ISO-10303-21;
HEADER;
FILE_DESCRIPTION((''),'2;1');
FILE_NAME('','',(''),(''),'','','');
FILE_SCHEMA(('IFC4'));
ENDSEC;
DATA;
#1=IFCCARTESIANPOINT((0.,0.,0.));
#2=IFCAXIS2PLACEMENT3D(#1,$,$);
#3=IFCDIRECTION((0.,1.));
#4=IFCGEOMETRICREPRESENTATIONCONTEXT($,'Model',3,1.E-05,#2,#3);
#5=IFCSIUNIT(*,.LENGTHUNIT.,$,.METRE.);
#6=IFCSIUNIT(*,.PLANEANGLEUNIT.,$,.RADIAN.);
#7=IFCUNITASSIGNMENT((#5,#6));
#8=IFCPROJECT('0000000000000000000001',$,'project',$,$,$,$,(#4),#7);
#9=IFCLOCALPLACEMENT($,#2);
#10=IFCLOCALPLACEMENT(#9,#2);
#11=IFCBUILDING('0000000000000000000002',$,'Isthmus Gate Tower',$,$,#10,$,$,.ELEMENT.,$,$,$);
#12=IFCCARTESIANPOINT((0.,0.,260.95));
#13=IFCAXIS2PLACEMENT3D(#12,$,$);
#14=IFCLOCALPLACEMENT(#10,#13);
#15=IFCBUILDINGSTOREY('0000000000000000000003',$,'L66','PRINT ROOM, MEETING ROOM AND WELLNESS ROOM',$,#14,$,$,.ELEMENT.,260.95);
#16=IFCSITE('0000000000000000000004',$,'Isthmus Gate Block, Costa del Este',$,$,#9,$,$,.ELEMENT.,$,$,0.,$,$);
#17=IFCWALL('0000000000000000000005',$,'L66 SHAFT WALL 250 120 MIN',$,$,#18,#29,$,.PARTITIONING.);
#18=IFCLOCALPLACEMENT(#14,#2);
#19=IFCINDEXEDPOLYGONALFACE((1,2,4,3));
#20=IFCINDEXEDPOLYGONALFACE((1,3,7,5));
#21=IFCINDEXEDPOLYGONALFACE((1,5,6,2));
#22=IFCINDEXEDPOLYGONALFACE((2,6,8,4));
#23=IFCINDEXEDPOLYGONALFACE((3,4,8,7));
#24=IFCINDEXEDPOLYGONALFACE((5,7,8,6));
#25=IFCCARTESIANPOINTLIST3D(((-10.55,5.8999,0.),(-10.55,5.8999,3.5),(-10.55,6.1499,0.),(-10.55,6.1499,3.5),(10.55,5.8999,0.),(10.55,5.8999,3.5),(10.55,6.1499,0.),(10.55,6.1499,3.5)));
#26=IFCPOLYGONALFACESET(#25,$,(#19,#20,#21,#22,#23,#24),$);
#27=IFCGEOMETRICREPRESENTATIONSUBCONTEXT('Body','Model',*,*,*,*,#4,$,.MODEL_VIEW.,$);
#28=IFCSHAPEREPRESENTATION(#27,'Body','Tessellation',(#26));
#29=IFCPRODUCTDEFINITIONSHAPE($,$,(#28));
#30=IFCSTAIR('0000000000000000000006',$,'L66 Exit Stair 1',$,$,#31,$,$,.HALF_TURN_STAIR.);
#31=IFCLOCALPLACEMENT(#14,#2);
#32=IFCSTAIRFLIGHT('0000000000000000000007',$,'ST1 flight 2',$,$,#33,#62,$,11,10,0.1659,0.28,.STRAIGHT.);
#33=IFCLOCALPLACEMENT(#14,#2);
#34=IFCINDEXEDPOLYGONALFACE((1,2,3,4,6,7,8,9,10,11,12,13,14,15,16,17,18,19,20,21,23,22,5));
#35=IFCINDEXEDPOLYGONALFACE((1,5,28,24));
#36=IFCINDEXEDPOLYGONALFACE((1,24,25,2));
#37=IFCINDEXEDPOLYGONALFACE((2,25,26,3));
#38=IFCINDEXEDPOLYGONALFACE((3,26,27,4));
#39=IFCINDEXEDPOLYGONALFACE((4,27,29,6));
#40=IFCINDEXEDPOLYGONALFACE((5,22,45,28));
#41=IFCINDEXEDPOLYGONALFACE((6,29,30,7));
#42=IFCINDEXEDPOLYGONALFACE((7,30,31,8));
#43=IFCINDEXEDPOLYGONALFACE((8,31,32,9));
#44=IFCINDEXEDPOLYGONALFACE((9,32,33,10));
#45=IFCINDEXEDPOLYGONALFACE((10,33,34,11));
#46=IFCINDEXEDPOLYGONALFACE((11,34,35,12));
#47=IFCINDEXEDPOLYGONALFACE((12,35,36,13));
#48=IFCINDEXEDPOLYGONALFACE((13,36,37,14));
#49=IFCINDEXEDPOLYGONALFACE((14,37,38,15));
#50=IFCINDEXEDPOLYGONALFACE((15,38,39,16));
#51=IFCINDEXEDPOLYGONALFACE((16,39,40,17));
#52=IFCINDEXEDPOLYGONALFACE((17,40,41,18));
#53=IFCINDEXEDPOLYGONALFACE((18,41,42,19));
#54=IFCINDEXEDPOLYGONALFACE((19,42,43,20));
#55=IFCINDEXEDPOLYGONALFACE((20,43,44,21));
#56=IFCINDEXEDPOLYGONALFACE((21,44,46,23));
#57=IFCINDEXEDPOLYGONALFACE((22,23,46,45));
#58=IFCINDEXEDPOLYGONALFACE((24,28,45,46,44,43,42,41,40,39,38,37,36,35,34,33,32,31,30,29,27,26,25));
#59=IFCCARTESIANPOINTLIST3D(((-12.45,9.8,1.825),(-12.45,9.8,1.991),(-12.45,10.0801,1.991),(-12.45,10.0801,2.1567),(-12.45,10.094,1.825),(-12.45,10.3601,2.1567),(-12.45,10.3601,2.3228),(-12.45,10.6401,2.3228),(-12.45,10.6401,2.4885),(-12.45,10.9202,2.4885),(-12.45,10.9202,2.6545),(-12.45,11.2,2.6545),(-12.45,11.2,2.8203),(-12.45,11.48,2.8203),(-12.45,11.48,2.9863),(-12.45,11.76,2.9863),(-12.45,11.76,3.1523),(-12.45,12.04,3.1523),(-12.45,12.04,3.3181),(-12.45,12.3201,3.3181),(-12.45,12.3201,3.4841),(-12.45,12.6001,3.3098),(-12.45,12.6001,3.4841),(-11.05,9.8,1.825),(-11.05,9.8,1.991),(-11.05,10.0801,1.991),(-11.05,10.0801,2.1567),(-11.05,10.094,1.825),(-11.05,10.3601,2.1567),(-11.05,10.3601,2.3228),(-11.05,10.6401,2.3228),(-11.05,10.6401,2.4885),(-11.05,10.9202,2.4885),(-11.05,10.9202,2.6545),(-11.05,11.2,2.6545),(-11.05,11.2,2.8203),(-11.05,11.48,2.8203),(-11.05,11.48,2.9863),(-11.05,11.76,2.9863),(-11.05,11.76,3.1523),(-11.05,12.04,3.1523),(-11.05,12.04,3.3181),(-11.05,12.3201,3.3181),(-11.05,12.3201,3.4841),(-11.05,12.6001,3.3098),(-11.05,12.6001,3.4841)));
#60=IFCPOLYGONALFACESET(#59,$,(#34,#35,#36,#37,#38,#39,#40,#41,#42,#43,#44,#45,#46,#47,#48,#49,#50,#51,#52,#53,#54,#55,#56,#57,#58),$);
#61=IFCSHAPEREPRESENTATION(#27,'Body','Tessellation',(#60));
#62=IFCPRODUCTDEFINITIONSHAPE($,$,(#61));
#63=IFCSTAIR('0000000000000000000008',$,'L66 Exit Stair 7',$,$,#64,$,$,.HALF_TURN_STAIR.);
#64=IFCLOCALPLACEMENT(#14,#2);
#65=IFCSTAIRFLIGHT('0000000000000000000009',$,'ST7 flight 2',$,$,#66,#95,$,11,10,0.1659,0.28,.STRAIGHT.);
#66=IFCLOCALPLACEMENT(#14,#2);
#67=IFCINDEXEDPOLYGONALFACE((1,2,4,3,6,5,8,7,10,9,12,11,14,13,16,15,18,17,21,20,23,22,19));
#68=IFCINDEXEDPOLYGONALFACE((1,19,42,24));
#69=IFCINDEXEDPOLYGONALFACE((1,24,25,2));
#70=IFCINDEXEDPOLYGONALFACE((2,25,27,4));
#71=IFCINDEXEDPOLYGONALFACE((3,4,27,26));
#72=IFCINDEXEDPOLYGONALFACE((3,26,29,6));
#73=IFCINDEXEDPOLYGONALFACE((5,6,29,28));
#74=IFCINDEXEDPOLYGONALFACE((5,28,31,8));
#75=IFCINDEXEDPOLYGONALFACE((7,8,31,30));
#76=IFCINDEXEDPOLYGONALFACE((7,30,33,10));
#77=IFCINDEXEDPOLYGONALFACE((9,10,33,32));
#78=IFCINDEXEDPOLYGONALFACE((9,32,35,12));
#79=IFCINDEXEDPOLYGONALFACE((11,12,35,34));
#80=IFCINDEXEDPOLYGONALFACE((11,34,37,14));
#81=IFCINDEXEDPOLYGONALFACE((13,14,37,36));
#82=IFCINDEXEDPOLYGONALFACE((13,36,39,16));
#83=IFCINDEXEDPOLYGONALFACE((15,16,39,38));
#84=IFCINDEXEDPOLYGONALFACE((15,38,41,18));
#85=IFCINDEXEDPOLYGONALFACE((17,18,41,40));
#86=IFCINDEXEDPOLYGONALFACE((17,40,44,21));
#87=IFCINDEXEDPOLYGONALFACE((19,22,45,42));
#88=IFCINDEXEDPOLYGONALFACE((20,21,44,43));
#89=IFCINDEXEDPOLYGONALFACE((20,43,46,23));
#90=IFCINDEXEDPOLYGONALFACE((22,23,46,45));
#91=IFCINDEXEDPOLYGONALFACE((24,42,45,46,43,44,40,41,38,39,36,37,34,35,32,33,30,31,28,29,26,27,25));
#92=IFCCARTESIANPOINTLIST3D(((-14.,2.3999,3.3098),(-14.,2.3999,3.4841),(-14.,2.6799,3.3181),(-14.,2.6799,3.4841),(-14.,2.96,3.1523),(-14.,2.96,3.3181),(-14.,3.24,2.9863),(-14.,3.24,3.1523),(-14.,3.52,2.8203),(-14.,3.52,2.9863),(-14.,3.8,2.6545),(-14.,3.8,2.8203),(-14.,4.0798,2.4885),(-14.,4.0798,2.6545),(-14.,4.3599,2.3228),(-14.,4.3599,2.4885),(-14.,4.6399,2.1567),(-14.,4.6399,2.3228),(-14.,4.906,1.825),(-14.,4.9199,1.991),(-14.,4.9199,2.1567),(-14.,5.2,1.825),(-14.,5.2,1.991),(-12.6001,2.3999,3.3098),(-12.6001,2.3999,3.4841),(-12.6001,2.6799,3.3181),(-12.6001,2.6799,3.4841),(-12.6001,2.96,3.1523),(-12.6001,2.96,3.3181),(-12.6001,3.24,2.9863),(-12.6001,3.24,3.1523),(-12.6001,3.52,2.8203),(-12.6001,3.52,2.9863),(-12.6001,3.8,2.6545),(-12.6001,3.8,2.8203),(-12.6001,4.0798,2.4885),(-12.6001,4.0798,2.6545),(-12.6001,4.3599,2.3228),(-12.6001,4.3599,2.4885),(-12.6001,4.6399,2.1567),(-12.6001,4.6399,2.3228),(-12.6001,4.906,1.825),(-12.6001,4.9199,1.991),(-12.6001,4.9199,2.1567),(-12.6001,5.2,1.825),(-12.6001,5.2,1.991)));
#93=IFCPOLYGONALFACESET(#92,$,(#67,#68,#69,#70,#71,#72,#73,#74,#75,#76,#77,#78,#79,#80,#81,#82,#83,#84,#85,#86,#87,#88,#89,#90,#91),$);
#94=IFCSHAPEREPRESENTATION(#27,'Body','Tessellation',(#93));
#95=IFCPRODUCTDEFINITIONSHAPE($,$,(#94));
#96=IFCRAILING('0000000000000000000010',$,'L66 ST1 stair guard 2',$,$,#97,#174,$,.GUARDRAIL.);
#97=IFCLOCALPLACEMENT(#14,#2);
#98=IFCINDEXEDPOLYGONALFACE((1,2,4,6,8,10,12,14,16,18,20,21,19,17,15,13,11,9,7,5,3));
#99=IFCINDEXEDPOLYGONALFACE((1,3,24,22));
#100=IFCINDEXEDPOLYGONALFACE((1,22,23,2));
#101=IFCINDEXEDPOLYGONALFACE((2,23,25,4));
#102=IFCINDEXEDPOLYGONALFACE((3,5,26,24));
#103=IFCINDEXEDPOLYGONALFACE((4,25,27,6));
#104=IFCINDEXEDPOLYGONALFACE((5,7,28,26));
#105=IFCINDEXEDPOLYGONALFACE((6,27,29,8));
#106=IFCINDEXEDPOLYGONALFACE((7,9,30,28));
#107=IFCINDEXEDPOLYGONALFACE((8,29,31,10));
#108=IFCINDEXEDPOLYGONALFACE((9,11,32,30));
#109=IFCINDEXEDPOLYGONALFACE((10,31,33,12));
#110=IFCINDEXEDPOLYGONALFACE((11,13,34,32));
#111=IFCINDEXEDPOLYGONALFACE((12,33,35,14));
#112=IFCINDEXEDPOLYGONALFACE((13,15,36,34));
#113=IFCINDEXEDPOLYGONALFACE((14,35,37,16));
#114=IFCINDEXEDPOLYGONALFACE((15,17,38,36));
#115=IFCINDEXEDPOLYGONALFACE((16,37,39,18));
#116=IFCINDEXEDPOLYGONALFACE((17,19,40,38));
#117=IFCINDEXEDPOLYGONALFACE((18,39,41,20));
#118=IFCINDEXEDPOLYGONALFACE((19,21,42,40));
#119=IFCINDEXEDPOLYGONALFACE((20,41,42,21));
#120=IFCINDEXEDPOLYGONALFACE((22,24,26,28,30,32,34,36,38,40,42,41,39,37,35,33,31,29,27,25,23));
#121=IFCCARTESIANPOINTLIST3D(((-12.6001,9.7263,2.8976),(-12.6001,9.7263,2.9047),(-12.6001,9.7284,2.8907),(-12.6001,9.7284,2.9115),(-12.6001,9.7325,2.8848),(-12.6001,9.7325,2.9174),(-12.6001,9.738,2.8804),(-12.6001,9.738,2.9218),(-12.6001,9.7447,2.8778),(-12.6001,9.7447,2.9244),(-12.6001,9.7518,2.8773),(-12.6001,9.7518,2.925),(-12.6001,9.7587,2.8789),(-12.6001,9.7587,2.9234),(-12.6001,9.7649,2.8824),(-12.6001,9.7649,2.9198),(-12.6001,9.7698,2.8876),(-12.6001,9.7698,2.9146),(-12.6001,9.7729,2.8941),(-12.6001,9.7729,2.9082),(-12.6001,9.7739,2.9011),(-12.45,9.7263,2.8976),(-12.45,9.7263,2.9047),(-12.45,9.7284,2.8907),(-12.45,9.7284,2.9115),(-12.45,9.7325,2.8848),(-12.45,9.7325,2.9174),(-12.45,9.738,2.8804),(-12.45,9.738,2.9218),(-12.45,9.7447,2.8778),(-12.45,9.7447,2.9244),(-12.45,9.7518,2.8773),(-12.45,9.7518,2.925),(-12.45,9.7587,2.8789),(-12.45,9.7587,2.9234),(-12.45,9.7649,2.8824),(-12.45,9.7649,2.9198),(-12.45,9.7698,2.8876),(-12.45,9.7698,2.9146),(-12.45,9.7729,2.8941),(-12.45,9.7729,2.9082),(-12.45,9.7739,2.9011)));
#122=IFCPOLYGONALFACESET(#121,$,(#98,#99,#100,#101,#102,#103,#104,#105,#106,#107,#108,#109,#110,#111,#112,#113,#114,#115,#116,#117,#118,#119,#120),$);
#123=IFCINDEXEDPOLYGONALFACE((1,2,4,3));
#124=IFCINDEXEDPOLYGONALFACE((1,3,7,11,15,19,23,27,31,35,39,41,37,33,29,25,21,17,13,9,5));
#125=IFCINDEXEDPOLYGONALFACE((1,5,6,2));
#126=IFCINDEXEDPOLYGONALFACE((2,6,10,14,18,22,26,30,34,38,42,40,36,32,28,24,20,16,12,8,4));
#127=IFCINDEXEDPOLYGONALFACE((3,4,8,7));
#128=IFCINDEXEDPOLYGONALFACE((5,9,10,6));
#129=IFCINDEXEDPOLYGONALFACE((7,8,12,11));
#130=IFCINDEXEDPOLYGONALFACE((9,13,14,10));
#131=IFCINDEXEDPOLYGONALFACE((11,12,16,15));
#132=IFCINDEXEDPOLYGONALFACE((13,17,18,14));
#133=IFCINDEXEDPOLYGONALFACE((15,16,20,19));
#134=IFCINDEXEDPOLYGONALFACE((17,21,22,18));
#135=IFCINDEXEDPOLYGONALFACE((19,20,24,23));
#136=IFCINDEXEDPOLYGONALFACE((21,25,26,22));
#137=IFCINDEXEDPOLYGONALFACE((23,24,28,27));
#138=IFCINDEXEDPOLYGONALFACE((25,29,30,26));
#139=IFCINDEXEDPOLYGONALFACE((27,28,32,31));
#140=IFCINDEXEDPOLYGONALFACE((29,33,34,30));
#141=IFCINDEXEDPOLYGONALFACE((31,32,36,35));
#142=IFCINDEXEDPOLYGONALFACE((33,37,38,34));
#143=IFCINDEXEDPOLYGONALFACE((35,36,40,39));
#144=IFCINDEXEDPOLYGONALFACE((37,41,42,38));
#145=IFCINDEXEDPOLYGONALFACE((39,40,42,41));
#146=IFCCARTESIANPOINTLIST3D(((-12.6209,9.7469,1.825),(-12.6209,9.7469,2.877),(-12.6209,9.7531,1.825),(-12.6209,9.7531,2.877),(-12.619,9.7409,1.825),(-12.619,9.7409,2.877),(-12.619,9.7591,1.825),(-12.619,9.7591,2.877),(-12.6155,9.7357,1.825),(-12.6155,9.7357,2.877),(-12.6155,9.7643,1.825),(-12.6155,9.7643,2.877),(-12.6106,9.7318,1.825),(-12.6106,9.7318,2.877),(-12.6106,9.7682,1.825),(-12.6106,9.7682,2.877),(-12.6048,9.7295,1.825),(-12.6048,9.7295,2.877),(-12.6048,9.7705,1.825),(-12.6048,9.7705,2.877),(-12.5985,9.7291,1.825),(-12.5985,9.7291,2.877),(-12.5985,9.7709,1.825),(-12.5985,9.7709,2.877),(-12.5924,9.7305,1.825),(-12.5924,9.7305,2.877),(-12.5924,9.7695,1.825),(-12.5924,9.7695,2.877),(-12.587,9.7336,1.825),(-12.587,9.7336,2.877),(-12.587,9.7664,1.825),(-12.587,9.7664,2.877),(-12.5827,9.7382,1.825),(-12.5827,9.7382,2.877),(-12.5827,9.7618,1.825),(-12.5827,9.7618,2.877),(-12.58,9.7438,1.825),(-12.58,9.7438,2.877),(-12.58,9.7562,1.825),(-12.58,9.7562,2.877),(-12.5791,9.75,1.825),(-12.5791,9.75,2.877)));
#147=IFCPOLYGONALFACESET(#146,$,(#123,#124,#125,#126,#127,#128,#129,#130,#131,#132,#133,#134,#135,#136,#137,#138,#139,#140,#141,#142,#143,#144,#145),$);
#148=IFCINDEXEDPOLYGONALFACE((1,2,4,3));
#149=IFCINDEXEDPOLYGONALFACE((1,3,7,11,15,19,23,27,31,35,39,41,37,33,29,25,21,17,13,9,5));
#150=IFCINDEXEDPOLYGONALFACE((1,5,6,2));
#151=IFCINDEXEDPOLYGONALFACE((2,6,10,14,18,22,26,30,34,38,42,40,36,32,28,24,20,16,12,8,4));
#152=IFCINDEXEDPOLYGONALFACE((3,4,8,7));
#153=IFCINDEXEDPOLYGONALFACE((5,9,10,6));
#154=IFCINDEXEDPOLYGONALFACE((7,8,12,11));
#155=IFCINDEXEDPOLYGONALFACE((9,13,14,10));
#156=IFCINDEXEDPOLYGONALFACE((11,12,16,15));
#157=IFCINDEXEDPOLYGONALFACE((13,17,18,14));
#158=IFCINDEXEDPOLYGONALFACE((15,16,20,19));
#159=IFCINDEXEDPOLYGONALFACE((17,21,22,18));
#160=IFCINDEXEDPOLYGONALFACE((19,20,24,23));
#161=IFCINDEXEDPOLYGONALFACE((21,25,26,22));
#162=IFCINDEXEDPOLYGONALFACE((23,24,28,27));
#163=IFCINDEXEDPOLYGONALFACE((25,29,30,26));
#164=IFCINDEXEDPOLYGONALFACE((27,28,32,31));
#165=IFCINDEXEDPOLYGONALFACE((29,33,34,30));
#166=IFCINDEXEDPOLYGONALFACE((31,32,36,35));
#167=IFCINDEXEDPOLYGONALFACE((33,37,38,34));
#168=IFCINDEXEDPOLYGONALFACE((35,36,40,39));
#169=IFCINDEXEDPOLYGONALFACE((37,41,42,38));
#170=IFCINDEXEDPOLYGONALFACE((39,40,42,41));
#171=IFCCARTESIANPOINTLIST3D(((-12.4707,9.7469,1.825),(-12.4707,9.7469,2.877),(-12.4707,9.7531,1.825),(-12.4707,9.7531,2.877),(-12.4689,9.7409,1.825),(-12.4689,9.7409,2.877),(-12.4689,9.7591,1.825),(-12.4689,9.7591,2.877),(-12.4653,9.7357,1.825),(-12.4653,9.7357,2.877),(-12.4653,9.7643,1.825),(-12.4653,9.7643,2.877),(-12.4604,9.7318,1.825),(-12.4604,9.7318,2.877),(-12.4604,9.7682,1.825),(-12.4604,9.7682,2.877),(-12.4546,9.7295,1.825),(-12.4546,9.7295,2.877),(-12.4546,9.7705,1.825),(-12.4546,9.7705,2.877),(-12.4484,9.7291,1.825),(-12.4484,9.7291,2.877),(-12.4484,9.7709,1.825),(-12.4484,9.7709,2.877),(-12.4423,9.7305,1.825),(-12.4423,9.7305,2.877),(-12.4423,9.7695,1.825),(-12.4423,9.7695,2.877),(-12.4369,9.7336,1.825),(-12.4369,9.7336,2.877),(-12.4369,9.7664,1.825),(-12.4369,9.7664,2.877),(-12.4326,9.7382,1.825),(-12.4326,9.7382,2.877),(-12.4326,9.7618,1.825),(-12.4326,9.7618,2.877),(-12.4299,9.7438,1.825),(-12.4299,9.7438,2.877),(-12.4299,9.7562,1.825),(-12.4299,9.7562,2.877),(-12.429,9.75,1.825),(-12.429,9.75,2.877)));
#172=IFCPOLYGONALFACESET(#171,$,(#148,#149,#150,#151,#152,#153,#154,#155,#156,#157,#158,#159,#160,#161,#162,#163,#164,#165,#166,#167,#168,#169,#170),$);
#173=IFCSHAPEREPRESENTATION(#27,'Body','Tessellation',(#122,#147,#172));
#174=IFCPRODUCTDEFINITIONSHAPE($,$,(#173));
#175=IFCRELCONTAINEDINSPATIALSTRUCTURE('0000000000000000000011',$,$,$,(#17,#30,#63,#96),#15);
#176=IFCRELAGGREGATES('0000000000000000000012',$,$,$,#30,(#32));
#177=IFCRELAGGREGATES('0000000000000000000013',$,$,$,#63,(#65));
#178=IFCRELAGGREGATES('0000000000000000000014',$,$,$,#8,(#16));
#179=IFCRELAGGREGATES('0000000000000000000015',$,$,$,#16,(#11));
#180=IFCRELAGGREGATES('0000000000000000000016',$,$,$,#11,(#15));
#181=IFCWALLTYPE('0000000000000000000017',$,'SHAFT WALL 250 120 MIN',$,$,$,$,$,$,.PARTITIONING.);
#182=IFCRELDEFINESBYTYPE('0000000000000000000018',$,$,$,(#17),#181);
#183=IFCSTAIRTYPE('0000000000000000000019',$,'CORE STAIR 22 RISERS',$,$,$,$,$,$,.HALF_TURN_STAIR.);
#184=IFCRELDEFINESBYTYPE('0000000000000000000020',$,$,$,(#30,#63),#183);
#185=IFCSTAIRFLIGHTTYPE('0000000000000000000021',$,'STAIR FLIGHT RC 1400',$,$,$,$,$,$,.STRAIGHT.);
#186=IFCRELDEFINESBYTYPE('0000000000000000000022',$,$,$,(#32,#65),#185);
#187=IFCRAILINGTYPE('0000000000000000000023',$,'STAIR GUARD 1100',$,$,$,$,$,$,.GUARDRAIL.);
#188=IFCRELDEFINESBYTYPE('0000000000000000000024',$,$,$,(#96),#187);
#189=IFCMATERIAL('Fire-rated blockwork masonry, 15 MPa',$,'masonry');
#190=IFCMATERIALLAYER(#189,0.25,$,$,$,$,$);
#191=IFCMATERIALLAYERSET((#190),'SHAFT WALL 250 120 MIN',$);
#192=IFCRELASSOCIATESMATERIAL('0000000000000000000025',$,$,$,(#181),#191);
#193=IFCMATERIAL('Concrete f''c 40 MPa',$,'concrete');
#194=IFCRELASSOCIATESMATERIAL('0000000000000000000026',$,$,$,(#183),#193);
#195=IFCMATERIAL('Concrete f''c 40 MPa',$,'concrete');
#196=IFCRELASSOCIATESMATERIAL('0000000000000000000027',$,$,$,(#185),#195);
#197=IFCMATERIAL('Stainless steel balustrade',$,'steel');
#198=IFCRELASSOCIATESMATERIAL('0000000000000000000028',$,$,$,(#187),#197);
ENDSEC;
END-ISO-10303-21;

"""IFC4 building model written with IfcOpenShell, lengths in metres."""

from ifc_helpers import new_model, si_unit, direction, frame, frame_2d, origin, origin_2d, place, context, subcontext, project, spatial, polyline, rectangle, circle, outline, extrude, material, layer, layer_set, type_object, element, aggregate, save


model = new_model("IFC4")

# Units and contexts
model_context = context("Model", 3, precision=1e-05, world=origin(), true_north=direction((0.0, 1.0)))
body_context = subcontext(model_context, "Body", "Model", "MODEL_VIEW")
ifc_project = project(units=[si_unit("LENGTHUNIT", "METRE"), si_unit("PLANEANGLEUNIT", "RADIAN")], contexts=[model_context])

# Site, building, storey
site_placement = place(None, origin())
site = spatial("IfcSite", under=ifc_project, at=site_placement, Name="Isthmus Gate Block, Costa del Este", CompositionType="ELEMENT", RefElevation=0.0)
building_placement = place(site_placement, origin())
building = spatial("IfcBuilding", under=site, at=building_placement, Name="Isthmus Gate Tower", CompositionType="ELEMENT")
storey_placement = place(building_placement, frame((0.0, 0.0, 260.95)))
storey = spatial("IfcBuildingStorey", under=building, at=storey_placement, Name="L66", Description="PRINT ROOM, MEETING ROOM AND WELLNESS ROOM", CompositionType="ELEMENT", Elevation=260.95)

# Wall
ifc_material_1 = material(Name="Fire-rated blockwork masonry, 15 MPa", Category="masonry")
ifc_layer_1 = layer(ifc_material_1, 0.25)
ifc_layer_set_1 = layer_set([ifc_layer_1], Name="SHAFT WALL 250 120 MIN")
wall_type_1 = type_object("IfcWallType", Name="SHAFT WALL 250 120 MIN", PredefinedType="PARTITIONING", material=ifc_layer_set_1)
wall_1_placement = place(storey_placement, frame((-10.55, 6.0249, 0.0), z_axis=(0.0, 0.0, 1.0), x_axis=(1.0, 0.0, 0.0)))
element("IfcWall", 1, at=wall_1_placement, inside=storey, type_object=wall_type_1, Name="L66 SHAFT WALL 250 120 MIN", PredefinedType="PARTITIONING", context=body_context, shape_type="SweptSolid", body=[
    extrude(rectangle(XDim=21.1001, YDim=0.25, at=frame_2d((10.55, 0.0))), origin(), (0.0, 0.0, 1.0), 3.5),
])

# Stairs, stair flights
ifc_material_2 = material(Name="Concrete f'c 40 MPa", Category="concrete")
stair_type = type_object("IfcStairType", Name="CORE STAIR 22 RISERS", PredefinedType="HALF_TURN_STAIR", material=ifc_material_2)
stair_1_placement = place(storey_placement, origin())
stair_1 = element("IfcStair", 2, at=stair_1_placement, inside=storey, type_object=stair_type, Name="L66 Exit Stair 1", PredefinedType="HALF_TURN_STAIR")
ifc_material_3 = material(Name="Concrete f'c 40 MPa", Category="concrete")
stair_flight_type = type_object("IfcStairFlightType", Name="STAIR FLIGHT RC 1400", PredefinedType="STRAIGHT", material=ifc_material_3)
stair_flight_1_placement = place(storey_placement, frame((-11.75, 9.8, 1.825), z_axis=(0.0, 0.0, 1.0), x_axis=(0.0, 1.0, 0.0)))
stair_flight_1 = element("IfcStairFlight", 3, at=stair_flight_1_placement, type_object=stair_flight_type, Name="ST1 flight 2", NumberOfRisers=11, NumberOfTreads=10, PredefinedType="STRAIGHT", RiserHeight=0.1659, TreadLength=0.28, context=body_context, shape_type="SweptSolid", body=[
    extrude(outline(polyline([(0.0, 0.0), (0.0, 0.166), (0.28, 0.166), (0.28, 0.3318), (0.5601, 0.3318), (0.5601, 0.4978), (0.8401, 0.4978), (0.8401, 0.6636), (1.1201, 0.6636), (1.1201, 0.8296), (1.3999, 0.8296), (1.3999, 0.9954), (1.6799, 0.9954), (1.6799, 1.1614), (1.96, 1.1614), (1.96, 1.3274), (2.24, 1.3274), (2.24, 1.4932), (2.52, 1.4932), (2.52, 1.6592), (2.8, 1.6592), (2.8, 1.825), (2.8, 1.4849), (0.2939, 0.0), (0.0, 0.0)])), frame((0.0, 0.7, 0.0), z_axis=(0.0, -1.0, 0.0), x_axis=(1.0, 0.0, 0.0)), (0.0, 0.0, 1.0), 1.3999),
])
aggregate(stair_1, [stair_flight_1])
stair_2_placement = place(storey_placement, origin())
stair_2 = element("IfcStair", 4, at=stair_2_placement, inside=storey, type_object=stair_type, Name="L66 Exit Stair 7", PredefinedType="HALF_TURN_STAIR")
stair_flight_2_placement = place(storey_placement, frame((-13.3, 5.2, 1.825), z_axis=(0.0, 0.0, 1.0), x_axis=(0.0, -1.0, 0.0)))
stair_flight_2 = element("IfcStairFlight", 5, at=stair_flight_2_placement, type_object=stair_flight_type, Name="ST7 flight 2", NumberOfRisers=11, NumberOfTreads=10, PredefinedType="STRAIGHT", RiserHeight=0.1659, TreadLength=0.28, context=body_context, shape_type="SweptSolid", body=[
    extrude(outline(polyline([(0.0, 0.0), (0.0, 0.166), (0.28, 0.166), (0.28, 0.3318), (0.5601, 0.3318), (0.5601, 0.4978), (0.8401, 0.4978), (0.8401, 0.6636), (1.1201, 0.6636), (1.1201, 0.8296), (1.3999, 0.8296), (1.3999, 0.9954), (1.6799, 0.9954), (1.6799, 1.1614), (1.96, 1.1614), (1.96, 1.3274), (2.24, 1.3274), (2.24, 1.4932), (2.52, 1.4932), (2.52, 1.6592), (2.8, 1.6592), (2.8, 1.825), (2.8, 1.4849), (0.2939, 0.0), (0.0, 0.0)])), frame((0.0, 0.7, 0.0), z_axis=(0.0, -1.0, 0.0), x_axis=(1.0, 0.0, 0.0)), (0.0, 0.0, 1.0), 1.3999),
])
aggregate(stair_2, [stair_flight_2])

# Railing
ifc_material_4 = material(Name="Stainless steel balustrade", Category="steel")
railing_type_1 = type_object("IfcRailingType", Name="STAIR GUARD 1100", PredefinedType="GUARDRAIL", material=ifc_material_4)
railing_1_placement = place(storey_placement, frame((-12.6001, 9.75, 1.825)))
element("IfcRailing", 6, at=railing_1_placement, inside=storey, type_object=railing_type_1, Name="L66 ST1 stair guard 2", PredefinedType="GUARDRAIL", context=body_context, shape_type="SweptSolid", body=[
    extrude(circle(Radius=0.0239, at=origin_2d()), frame((0.0, 0.0, 1.0762), z_axis=(1.0, 0.0, 0.0), x_axis=(0.0, 1.0, 0.0)), (0.0, 0.0, 1.0), 0.1501),
    extrude(circle(Radius=0.021, at=origin_2d()), origin(), (0.0, 0.0, 1.0), 1.052),
    extrude(circle(Radius=0.021, at=origin_2d()), frame((0.1501, 0.0, 0.0)), (0.0, 0.0, 1.0), 1.052),
])

save(model, "model.ifc")
